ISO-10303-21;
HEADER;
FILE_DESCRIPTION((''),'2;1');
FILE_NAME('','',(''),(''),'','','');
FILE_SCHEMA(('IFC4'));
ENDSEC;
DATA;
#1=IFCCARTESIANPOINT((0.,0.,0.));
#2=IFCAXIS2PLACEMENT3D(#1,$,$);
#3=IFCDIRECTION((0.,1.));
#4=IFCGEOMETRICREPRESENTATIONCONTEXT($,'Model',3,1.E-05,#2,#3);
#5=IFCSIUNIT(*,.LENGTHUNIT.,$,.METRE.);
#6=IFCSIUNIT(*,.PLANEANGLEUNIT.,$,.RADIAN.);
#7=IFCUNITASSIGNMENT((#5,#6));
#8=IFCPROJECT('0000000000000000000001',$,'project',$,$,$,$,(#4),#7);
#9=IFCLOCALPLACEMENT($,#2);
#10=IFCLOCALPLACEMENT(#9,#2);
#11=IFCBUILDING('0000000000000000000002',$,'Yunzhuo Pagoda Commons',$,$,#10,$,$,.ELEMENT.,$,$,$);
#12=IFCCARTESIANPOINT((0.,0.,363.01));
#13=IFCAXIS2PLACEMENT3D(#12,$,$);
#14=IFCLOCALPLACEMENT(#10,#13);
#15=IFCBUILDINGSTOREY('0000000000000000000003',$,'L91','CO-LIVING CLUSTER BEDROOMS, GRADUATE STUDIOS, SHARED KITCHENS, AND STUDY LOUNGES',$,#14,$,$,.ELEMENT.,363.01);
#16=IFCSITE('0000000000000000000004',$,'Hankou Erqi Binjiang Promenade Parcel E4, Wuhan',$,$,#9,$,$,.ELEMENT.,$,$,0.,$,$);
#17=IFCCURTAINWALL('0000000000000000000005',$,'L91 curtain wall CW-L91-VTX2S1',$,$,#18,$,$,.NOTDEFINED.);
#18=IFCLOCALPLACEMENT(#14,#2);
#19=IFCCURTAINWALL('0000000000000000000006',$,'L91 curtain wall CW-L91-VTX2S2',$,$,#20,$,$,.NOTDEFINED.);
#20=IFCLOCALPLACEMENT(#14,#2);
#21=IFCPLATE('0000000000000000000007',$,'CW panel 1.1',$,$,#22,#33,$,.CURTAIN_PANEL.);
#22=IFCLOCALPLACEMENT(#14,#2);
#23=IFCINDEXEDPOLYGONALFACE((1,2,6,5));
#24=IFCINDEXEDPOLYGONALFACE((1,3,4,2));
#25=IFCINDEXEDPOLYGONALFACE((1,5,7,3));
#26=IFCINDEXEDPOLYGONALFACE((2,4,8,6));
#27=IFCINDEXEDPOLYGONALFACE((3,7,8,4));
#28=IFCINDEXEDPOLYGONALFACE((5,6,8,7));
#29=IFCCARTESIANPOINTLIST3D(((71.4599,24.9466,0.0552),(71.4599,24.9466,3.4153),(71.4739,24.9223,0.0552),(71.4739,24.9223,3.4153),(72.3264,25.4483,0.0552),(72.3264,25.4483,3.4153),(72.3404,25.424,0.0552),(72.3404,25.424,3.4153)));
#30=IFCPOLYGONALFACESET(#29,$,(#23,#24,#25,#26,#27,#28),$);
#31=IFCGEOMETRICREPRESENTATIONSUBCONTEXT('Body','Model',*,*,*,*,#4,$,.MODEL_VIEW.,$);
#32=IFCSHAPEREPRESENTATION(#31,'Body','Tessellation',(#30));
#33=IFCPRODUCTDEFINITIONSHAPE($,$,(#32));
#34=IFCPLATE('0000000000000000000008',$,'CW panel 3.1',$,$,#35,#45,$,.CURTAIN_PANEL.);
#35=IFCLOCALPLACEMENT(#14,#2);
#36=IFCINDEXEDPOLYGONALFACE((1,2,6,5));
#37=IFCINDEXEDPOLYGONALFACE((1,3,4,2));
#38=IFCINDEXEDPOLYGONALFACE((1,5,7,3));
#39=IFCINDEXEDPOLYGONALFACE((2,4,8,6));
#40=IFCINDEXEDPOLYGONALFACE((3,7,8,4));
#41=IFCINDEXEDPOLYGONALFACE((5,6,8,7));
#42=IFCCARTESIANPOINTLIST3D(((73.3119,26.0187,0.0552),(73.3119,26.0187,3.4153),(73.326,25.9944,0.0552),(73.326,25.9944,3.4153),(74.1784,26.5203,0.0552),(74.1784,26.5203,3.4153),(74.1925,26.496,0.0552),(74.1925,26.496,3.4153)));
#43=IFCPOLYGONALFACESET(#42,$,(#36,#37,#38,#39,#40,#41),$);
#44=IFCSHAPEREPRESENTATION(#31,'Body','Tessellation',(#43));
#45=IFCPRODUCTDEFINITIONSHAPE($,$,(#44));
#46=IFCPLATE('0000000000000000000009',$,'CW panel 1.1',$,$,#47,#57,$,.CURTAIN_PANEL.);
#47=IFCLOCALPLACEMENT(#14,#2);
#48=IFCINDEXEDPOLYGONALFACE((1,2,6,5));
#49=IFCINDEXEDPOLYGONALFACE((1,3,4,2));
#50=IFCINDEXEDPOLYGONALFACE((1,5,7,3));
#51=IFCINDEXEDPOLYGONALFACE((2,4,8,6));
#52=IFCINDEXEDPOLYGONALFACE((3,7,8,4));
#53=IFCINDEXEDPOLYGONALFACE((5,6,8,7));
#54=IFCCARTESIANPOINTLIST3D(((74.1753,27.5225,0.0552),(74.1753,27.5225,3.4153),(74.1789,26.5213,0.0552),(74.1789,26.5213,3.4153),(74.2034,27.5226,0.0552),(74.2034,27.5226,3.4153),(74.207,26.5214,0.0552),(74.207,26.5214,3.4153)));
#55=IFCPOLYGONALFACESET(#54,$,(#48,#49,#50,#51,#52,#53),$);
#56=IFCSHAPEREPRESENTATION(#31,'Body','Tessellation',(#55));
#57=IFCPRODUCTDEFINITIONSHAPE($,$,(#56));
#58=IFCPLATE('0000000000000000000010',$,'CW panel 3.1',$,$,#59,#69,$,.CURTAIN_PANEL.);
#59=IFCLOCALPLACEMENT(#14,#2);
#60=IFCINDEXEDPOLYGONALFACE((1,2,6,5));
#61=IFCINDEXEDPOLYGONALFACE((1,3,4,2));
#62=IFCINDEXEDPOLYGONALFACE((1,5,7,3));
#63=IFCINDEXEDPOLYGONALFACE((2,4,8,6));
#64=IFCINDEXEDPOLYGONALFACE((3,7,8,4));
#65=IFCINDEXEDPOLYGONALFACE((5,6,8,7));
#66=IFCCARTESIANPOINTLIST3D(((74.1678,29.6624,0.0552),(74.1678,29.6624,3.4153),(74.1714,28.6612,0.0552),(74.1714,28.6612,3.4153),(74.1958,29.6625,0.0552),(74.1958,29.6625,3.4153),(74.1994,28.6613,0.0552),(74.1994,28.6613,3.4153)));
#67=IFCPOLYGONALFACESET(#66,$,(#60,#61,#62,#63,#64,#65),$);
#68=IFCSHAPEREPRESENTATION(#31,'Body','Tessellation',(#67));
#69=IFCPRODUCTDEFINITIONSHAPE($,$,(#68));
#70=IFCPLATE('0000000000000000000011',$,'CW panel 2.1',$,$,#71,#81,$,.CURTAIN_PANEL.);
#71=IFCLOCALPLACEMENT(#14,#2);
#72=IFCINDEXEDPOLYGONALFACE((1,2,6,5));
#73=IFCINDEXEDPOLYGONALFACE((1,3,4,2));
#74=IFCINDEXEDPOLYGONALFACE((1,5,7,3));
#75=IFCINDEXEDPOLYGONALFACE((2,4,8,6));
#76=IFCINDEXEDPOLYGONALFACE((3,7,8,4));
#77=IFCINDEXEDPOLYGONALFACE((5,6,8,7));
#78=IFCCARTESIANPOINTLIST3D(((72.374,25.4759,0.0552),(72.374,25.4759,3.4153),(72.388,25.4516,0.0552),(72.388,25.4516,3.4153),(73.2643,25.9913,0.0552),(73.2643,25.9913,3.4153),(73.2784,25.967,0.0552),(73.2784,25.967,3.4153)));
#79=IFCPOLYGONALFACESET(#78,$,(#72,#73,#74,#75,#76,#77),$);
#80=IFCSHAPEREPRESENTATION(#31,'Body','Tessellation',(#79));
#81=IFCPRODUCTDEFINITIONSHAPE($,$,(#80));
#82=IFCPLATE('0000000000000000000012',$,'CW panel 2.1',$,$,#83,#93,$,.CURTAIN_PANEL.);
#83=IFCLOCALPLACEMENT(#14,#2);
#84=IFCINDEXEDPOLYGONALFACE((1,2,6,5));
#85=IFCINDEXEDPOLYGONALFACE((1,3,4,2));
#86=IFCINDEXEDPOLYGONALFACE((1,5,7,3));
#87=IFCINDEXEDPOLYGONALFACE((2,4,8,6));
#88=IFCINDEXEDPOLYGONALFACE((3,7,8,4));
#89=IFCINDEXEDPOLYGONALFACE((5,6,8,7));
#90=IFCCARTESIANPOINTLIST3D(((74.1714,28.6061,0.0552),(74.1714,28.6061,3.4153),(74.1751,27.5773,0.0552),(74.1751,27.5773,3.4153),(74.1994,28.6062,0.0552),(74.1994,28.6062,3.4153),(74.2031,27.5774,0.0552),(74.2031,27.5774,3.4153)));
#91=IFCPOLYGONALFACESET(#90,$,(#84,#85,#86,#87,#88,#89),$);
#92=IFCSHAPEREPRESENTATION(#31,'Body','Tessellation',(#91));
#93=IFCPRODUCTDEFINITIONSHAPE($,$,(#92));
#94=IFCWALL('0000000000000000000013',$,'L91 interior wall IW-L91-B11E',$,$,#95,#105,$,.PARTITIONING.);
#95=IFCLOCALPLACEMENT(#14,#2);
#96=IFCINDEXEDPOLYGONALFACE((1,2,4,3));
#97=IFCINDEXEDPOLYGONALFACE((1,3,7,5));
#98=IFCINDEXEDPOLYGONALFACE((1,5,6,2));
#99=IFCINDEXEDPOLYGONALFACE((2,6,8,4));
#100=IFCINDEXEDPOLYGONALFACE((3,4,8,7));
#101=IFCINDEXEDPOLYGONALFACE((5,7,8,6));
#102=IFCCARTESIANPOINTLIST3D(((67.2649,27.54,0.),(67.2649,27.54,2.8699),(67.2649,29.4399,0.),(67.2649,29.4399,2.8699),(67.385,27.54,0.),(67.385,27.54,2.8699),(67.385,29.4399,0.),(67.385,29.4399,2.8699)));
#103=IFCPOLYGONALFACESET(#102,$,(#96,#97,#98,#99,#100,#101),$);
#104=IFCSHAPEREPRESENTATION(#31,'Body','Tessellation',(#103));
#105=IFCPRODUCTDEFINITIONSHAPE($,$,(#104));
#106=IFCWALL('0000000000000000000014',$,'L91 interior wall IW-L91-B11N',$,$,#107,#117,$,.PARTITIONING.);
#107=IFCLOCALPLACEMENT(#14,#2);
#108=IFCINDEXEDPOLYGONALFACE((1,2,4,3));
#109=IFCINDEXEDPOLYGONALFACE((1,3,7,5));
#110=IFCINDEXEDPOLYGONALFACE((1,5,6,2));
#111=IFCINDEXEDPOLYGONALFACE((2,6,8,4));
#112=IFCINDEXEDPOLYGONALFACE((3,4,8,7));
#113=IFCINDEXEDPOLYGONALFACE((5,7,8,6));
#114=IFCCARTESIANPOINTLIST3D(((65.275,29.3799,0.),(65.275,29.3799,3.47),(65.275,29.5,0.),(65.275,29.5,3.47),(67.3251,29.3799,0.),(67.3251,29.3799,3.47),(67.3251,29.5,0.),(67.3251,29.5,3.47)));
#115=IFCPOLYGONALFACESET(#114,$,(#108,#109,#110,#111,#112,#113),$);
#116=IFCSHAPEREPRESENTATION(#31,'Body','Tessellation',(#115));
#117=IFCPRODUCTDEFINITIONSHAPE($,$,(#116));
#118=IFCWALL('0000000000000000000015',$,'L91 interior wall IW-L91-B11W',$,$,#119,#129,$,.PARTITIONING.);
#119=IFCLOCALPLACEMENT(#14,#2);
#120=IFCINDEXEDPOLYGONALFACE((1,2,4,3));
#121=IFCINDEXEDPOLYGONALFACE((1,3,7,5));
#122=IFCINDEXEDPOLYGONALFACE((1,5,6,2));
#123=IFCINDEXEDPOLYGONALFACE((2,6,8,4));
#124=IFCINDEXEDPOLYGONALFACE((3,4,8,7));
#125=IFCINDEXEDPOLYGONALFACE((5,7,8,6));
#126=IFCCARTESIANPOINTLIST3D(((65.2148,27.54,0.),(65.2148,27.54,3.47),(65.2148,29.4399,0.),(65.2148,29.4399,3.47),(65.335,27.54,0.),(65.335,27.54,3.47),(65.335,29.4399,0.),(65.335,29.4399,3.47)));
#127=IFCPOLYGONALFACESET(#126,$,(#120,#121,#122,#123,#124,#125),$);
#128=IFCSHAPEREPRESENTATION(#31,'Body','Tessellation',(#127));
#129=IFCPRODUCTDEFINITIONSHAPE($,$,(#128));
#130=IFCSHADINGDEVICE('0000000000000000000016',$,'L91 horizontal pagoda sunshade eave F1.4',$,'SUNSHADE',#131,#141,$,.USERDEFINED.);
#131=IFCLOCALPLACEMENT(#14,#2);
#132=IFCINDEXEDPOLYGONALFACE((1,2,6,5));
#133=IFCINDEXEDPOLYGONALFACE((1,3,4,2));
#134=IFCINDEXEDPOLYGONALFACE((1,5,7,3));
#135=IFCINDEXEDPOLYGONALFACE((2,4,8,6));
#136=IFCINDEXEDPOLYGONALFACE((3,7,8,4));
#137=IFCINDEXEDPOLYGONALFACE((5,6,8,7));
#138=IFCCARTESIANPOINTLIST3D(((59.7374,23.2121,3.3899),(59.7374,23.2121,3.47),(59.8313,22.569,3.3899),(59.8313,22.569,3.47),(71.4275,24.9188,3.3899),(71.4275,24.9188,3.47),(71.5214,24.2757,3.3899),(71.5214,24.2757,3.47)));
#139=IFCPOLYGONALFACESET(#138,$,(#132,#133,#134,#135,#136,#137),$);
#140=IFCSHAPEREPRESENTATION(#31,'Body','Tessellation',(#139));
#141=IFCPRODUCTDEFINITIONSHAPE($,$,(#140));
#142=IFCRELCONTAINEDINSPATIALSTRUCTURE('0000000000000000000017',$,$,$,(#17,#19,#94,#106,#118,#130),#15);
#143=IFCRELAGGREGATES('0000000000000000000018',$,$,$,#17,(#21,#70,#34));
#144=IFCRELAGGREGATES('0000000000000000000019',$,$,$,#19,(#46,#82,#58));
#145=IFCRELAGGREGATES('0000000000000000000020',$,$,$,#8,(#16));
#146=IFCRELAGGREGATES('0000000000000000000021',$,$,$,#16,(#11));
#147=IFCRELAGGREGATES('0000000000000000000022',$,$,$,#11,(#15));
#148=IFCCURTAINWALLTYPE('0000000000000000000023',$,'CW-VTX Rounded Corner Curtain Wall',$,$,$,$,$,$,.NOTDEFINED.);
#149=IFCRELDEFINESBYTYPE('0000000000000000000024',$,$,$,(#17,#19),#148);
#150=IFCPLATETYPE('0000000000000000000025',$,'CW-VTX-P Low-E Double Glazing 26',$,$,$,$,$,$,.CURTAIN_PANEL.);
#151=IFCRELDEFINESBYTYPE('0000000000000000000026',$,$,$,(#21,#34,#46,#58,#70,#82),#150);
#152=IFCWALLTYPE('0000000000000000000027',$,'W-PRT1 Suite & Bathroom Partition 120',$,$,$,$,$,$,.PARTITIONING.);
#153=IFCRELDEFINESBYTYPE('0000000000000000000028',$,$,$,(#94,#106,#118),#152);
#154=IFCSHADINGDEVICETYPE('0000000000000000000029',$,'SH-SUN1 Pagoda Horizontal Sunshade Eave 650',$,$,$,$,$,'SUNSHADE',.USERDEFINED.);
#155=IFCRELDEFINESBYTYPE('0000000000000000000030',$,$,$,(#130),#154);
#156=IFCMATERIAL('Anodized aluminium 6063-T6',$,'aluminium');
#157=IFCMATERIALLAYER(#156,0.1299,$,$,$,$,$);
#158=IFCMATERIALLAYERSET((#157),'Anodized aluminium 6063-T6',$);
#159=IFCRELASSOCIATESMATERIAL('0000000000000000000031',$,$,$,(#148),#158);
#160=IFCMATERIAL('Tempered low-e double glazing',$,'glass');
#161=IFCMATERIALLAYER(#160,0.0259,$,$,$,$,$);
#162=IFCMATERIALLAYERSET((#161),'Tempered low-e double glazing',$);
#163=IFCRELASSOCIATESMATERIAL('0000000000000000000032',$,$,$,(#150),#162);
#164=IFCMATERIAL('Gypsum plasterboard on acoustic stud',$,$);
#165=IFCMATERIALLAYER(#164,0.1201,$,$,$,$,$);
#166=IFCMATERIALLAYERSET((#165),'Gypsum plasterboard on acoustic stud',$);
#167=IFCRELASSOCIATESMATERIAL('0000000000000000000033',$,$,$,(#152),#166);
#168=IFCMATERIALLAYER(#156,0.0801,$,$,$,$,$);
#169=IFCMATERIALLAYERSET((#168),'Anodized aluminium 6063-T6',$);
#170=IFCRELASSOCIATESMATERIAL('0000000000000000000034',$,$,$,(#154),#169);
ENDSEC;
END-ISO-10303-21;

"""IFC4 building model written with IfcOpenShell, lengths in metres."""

from ifc_helpers import new_model, si_unit, direction, frame, frame_2d, origin, origin_2d, place, context, subcontext, project, spatial, rectangle, extrude, source, transform, mapped, material, layer, layer_set, type_object, element, aggregate, save


model = new_model("IFC4")

# Units and contexts
model_context = context("Model", 3, precision=1e-05, world=origin(), true_north=direction((0.0, 1.0)))
body_context = subcontext(model_context, "Body", "Model", "MODEL_VIEW")
ifc_project = project(units=[si_unit("LENGTHUNIT", "METRE"), si_unit("PLANEANGLEUNIT", "RADIAN")], contexts=[model_context])

# Site, building, storey
site_placement = place(None, origin())
site = spatial("IfcSite", under=ifc_project, at=site_placement, Name="Hankou Erqi Binjiang Promenade Parcel E4, Wuhan", CompositionType="ELEMENT", RefElevation=0.0)
building_placement = place(site_placement, origin())
building = spatial("IfcBuilding", under=site, at=building_placement, Name="Yunzhuo Pagoda Commons", CompositionType="ELEMENT")
storey_placement = place(building_placement, frame((0.0, 0.0, 363.01)))
storey = spatial("IfcBuildingStorey", under=building, at=storey_placement, Name="L91", Description="CO-LIVING CLUSTER BEDROOMS, GRADUATE STUDIOS, SHARED KITCHENS, AND STUDY LOUNGES", CompositionType="ELEMENT", Elevation=363.01)

# Shared definitions
ifc_material_1 = material(Name="Anodized aluminium 6063-T6", Category="aluminium")

# Curtain walls
ifc_layer_1 = layer(ifc_material_1, 0.1299)
ifc_layer_set_1 = layer_set([ifc_layer_1], Name="Anodized aluminium 6063-T6")
curtain_wall_type_1 = type_object("IfcCurtainWallType", Name="CW-VTX Rounded Corner Curtain Wall", PredefinedType="NOTDEFINED", material=ifc_layer_set_1)
curtain_wall_1_placement = place(storey_placement, origin())
curtain_wall_1 = element("IfcCurtainWall", 1, at=curtain_wall_1_placement, inside=storey, type_object=curtain_wall_type_1, Name="L91 curtain wall CW-L91-VTX2S1", PredefinedType="NOTDEFINED")
curtain_wall_2_placement = place(storey_placement, origin())
curtain_wall_2 = element("IfcCurtainWall", 2, at=curtain_wall_2_placement, inside=storey, type_object=curtain_wall_type_1, Name="L91 curtain wall CW-L91-VTX2S2", PredefinedType="NOTDEFINED")

# Plates
ifc_material_2 = material(Name="Tempered low-e double glazing", Category="glass")
ifc_layer_2 = layer(ifc_material_2, 0.0259)
ifc_layer_set_2 = layer_set([ifc_layer_2], Name="Tempered low-e double glazing")
plate_type_1 = type_object("IfcPlateType", Name="CW-VTX-P Low-E Double Glazing 26", PredefinedType="CURTAIN_PANEL", material=ifc_layer_set_2)
shared_shape_1 = source(origin(), body_context, "Body", "SweptSolid", [
    extrude(rectangle(XDim=1.0012, YDim=0.0281, at=origin_2d()), origin(), (0.0, 0.0, 1.0), 3.3601),
])
plate_1_placement = place(storey_placement, frame((71.9001, 25.1853, 0.0552), z_axis=(0.0, 0.0, 1.0), x_axis=(0.865438, 0.501017, 0.0)))
plate_1 = element("IfcPlate", 3, at=plate_1_placement, type_object=plate_type_1, Name="CW panel 1.1", PredefinedType="CURTAIN_PANEL", context=body_context, shape_type="MappedRepresentation", body=[
    mapped(shared_shape_1, transform((0.0, 0.0, 0.0), scale=1.0)),
])
plate_2_placement = place(storey_placement, frame((73.7522, 26.2573, 0.0552), z_axis=(0.0, 0.0, 1.0), x_axis=(0.865438, 0.501017, 0.0)))
plate_2 = element("IfcPlate", 4, at=plate_2_placement, type_object=plate_type_1, Name="CW panel 3.1", PredefinedType="CURTAIN_PANEL", context=body_context, shape_type="MappedRepresentation", body=[
    mapped(shared_shape_1, transform((0.0, 0.0, 0.0), scale=1.0)),
])
plate_3_placement = place(storey_placement, frame((74.1912, 27.022, 0.0552), z_axis=(0.0, 0.0, 1.0), x_axis=(-0.003599, 0.999994, 0.0)))
plate_3 = element("IfcPlate", 5, at=plate_3_placement, type_object=plate_type_1, Name="CW panel 1.1", PredefinedType="CURTAIN_PANEL", context=body_context, shape_type="MappedRepresentation", body=[
    mapped(shared_shape_1, transform((0.0, 0.0, 0.0), scale=1.0)),
])
plate_4_placement = place(storey_placement, frame((74.1836, 29.1619, 0.0552), z_axis=(0.0, 0.0, 1.0), x_axis=(-0.003599, 0.999994, 0.0)))
plate_4 = element("IfcPlate", 6, at=plate_4_placement, type_object=plate_type_1, Name="CW panel 3.1", PredefinedType="CURTAIN_PANEL", context=body_context, shape_type="MappedRepresentation", body=[
    mapped(shared_shape_1, transform((0.0, 0.0, 0.0), scale=1.0)),
])
shared_shape_2 = source(origin(), body_context, "Body", "SweptSolid", [
    extrude(rectangle(XDim=1.0288, YDim=0.0281, at=origin_2d()), origin(), (0.0, 0.0, 1.0), 3.3601),
])
plate_5_placement = place(storey_placement, frame((72.8262, 25.7214, 0.0552), z_axis=(0.0, 0.0, 1.0), x_axis=(0.865438, 0.501017, 0.0)))
plate_5 = element("IfcPlate", 7, at=plate_5_placement, type_object=plate_type_1, Name="CW panel 2.1", PredefinedType="CURTAIN_PANEL", context=body_context, shape_type="MappedRepresentation", body=[
    mapped(shared_shape_2, transform((0.0, 0.0, 0.0), scale=1.0)),
])
aggregate(curtain_wall_1, [plate_1, plate_5, plate_2])
plate_6_placement = place(storey_placement, frame((74.1873, 28.0918, 0.0552), z_axis=(0.0, 0.0, 1.0), x_axis=(-0.003599, 0.999994, 0.0)))
plate_6 = element("IfcPlate", 8, at=plate_6_placement, type_object=plate_type_1, Name="CW panel 2.1", PredefinedType="CURTAIN_PANEL", context=body_context, shape_type="MappedRepresentation", body=[
    mapped(shared_shape_2, transform((0.0, 0.0, 0.0), scale=1.0)),
])
aggregate(curtain_wall_2, [plate_3, plate_6, plate_4])

# Walls
ifc_material_3 = material(Name="Gypsum plasterboard on acoustic stud")
ifc_layer_3 = layer(ifc_material_3, 0.1201)
ifc_layer_set_3 = layer_set([ifc_layer_3], Name="Gypsum plasterboard on acoustic stud")
wall_type = type_object("IfcWallType", Name="W-PRT1 Suite & Bathroom Partition 120", PredefinedType="PARTITIONING", material=ifc_layer_set_3)
wall_1_placement = place(storey_placement, frame((67.325, 27.54, 0.0), z_axis=(0.0, 0.0, 1.0), x_axis=(0.0, 1.0, 0.0)))
element("IfcWall", 9, at=wall_1_placement, inside=storey, type_object=wall_type, Name="L91 interior wall IW-L91-B11E", PredefinedType="PARTITIONING", context=body_context, shape_type="SweptSolid", body=[
    extrude(rectangle(XDim=1.8999, YDim=0.1201, at=frame_2d((0.95, 0.0))), origin(), (0.0, 0.0, 1.0), 2.8699),
])
wall_2_placement = place(storey_placement, frame((67.325, 29.4399, 0.0), z_axis=(0.0, 0.0, 1.0), x_axis=(-1.0, 0.0, 0.0)))
element("IfcWall", 10, at=wall_2_placement, inside=storey, type_object=wall_type, Name="L91 interior wall IW-L91-B11N", PredefinedType="PARTITIONING", context=body_context, shape_type="SweptSolid", body=[
    extrude(rectangle(XDim=2.05, YDim=0.1201, at=frame_2d((1.0249, 0.0))), origin(), (0.0, 0.0, 1.0), 3.47),
])
wall_3_placement = place(storey_placement, frame((65.2749, 29.4399, 0.0), z_axis=(0.0, 0.0, 1.0), x_axis=(0.0, -1.0, 0.0)))
element("IfcWall", 11, at=wall_3_placement, inside=storey, type_object=wall_type, Name="L91 interior wall IW-L91-B11W", PredefinedType="PARTITIONING", context=body_context, shape_type="SweptSolid", body=[
    extrude(rectangle(XDim=1.8999, YDim=0.1201, at=frame_2d((0.95, 0.0))), origin(), (0.0, 0.0, 1.0), 3.47),
])

# Shading device
ifc_layer_4 = layer(ifc_material_1, 0.0801)
ifc_layer_set_4 = layer_set([ifc_layer_4], Name="Anodized aluminium 6063-T6")
shading_device_type = type_object("IfcShadingDeviceType", Name="SH-SUN1 Pagoda Horizontal Sunshade Eave 650", ElementType="SUNSHADE", PredefinedType="USERDEFINED", material=ifc_layer_set_4)
shared_shape_3 = source(origin(), body_context, "Body", "SweptSolid", [
    extrude(rectangle(XDim=11.814, YDim=0.6499, at=origin_2d()), origin(), (0.0, 0.0, 1.0), 0.0801),
])
shading_device_placement = place(storey_placement, frame((65.6294, 23.7439, 3.3899), z_axis=(0.0, 0.0, 1.0), x_axis=(0.989511, 0.14446, 0.0)))
element("IfcShadingDevice", 12, at=shading_device_placement, inside=storey, type_object=shading_device_type, Name="L91 horizontal pagoda sunshade eave F1.4", ObjectType="SUNSHADE", PredefinedType="USERDEFINED", context=body_context, shape_type="MappedRepresentation", body=[
    mapped(shared_shape_3, transform((0.0, 0.0, 0.0), scale=1.0)),
])

save(model, "model.ifc")
